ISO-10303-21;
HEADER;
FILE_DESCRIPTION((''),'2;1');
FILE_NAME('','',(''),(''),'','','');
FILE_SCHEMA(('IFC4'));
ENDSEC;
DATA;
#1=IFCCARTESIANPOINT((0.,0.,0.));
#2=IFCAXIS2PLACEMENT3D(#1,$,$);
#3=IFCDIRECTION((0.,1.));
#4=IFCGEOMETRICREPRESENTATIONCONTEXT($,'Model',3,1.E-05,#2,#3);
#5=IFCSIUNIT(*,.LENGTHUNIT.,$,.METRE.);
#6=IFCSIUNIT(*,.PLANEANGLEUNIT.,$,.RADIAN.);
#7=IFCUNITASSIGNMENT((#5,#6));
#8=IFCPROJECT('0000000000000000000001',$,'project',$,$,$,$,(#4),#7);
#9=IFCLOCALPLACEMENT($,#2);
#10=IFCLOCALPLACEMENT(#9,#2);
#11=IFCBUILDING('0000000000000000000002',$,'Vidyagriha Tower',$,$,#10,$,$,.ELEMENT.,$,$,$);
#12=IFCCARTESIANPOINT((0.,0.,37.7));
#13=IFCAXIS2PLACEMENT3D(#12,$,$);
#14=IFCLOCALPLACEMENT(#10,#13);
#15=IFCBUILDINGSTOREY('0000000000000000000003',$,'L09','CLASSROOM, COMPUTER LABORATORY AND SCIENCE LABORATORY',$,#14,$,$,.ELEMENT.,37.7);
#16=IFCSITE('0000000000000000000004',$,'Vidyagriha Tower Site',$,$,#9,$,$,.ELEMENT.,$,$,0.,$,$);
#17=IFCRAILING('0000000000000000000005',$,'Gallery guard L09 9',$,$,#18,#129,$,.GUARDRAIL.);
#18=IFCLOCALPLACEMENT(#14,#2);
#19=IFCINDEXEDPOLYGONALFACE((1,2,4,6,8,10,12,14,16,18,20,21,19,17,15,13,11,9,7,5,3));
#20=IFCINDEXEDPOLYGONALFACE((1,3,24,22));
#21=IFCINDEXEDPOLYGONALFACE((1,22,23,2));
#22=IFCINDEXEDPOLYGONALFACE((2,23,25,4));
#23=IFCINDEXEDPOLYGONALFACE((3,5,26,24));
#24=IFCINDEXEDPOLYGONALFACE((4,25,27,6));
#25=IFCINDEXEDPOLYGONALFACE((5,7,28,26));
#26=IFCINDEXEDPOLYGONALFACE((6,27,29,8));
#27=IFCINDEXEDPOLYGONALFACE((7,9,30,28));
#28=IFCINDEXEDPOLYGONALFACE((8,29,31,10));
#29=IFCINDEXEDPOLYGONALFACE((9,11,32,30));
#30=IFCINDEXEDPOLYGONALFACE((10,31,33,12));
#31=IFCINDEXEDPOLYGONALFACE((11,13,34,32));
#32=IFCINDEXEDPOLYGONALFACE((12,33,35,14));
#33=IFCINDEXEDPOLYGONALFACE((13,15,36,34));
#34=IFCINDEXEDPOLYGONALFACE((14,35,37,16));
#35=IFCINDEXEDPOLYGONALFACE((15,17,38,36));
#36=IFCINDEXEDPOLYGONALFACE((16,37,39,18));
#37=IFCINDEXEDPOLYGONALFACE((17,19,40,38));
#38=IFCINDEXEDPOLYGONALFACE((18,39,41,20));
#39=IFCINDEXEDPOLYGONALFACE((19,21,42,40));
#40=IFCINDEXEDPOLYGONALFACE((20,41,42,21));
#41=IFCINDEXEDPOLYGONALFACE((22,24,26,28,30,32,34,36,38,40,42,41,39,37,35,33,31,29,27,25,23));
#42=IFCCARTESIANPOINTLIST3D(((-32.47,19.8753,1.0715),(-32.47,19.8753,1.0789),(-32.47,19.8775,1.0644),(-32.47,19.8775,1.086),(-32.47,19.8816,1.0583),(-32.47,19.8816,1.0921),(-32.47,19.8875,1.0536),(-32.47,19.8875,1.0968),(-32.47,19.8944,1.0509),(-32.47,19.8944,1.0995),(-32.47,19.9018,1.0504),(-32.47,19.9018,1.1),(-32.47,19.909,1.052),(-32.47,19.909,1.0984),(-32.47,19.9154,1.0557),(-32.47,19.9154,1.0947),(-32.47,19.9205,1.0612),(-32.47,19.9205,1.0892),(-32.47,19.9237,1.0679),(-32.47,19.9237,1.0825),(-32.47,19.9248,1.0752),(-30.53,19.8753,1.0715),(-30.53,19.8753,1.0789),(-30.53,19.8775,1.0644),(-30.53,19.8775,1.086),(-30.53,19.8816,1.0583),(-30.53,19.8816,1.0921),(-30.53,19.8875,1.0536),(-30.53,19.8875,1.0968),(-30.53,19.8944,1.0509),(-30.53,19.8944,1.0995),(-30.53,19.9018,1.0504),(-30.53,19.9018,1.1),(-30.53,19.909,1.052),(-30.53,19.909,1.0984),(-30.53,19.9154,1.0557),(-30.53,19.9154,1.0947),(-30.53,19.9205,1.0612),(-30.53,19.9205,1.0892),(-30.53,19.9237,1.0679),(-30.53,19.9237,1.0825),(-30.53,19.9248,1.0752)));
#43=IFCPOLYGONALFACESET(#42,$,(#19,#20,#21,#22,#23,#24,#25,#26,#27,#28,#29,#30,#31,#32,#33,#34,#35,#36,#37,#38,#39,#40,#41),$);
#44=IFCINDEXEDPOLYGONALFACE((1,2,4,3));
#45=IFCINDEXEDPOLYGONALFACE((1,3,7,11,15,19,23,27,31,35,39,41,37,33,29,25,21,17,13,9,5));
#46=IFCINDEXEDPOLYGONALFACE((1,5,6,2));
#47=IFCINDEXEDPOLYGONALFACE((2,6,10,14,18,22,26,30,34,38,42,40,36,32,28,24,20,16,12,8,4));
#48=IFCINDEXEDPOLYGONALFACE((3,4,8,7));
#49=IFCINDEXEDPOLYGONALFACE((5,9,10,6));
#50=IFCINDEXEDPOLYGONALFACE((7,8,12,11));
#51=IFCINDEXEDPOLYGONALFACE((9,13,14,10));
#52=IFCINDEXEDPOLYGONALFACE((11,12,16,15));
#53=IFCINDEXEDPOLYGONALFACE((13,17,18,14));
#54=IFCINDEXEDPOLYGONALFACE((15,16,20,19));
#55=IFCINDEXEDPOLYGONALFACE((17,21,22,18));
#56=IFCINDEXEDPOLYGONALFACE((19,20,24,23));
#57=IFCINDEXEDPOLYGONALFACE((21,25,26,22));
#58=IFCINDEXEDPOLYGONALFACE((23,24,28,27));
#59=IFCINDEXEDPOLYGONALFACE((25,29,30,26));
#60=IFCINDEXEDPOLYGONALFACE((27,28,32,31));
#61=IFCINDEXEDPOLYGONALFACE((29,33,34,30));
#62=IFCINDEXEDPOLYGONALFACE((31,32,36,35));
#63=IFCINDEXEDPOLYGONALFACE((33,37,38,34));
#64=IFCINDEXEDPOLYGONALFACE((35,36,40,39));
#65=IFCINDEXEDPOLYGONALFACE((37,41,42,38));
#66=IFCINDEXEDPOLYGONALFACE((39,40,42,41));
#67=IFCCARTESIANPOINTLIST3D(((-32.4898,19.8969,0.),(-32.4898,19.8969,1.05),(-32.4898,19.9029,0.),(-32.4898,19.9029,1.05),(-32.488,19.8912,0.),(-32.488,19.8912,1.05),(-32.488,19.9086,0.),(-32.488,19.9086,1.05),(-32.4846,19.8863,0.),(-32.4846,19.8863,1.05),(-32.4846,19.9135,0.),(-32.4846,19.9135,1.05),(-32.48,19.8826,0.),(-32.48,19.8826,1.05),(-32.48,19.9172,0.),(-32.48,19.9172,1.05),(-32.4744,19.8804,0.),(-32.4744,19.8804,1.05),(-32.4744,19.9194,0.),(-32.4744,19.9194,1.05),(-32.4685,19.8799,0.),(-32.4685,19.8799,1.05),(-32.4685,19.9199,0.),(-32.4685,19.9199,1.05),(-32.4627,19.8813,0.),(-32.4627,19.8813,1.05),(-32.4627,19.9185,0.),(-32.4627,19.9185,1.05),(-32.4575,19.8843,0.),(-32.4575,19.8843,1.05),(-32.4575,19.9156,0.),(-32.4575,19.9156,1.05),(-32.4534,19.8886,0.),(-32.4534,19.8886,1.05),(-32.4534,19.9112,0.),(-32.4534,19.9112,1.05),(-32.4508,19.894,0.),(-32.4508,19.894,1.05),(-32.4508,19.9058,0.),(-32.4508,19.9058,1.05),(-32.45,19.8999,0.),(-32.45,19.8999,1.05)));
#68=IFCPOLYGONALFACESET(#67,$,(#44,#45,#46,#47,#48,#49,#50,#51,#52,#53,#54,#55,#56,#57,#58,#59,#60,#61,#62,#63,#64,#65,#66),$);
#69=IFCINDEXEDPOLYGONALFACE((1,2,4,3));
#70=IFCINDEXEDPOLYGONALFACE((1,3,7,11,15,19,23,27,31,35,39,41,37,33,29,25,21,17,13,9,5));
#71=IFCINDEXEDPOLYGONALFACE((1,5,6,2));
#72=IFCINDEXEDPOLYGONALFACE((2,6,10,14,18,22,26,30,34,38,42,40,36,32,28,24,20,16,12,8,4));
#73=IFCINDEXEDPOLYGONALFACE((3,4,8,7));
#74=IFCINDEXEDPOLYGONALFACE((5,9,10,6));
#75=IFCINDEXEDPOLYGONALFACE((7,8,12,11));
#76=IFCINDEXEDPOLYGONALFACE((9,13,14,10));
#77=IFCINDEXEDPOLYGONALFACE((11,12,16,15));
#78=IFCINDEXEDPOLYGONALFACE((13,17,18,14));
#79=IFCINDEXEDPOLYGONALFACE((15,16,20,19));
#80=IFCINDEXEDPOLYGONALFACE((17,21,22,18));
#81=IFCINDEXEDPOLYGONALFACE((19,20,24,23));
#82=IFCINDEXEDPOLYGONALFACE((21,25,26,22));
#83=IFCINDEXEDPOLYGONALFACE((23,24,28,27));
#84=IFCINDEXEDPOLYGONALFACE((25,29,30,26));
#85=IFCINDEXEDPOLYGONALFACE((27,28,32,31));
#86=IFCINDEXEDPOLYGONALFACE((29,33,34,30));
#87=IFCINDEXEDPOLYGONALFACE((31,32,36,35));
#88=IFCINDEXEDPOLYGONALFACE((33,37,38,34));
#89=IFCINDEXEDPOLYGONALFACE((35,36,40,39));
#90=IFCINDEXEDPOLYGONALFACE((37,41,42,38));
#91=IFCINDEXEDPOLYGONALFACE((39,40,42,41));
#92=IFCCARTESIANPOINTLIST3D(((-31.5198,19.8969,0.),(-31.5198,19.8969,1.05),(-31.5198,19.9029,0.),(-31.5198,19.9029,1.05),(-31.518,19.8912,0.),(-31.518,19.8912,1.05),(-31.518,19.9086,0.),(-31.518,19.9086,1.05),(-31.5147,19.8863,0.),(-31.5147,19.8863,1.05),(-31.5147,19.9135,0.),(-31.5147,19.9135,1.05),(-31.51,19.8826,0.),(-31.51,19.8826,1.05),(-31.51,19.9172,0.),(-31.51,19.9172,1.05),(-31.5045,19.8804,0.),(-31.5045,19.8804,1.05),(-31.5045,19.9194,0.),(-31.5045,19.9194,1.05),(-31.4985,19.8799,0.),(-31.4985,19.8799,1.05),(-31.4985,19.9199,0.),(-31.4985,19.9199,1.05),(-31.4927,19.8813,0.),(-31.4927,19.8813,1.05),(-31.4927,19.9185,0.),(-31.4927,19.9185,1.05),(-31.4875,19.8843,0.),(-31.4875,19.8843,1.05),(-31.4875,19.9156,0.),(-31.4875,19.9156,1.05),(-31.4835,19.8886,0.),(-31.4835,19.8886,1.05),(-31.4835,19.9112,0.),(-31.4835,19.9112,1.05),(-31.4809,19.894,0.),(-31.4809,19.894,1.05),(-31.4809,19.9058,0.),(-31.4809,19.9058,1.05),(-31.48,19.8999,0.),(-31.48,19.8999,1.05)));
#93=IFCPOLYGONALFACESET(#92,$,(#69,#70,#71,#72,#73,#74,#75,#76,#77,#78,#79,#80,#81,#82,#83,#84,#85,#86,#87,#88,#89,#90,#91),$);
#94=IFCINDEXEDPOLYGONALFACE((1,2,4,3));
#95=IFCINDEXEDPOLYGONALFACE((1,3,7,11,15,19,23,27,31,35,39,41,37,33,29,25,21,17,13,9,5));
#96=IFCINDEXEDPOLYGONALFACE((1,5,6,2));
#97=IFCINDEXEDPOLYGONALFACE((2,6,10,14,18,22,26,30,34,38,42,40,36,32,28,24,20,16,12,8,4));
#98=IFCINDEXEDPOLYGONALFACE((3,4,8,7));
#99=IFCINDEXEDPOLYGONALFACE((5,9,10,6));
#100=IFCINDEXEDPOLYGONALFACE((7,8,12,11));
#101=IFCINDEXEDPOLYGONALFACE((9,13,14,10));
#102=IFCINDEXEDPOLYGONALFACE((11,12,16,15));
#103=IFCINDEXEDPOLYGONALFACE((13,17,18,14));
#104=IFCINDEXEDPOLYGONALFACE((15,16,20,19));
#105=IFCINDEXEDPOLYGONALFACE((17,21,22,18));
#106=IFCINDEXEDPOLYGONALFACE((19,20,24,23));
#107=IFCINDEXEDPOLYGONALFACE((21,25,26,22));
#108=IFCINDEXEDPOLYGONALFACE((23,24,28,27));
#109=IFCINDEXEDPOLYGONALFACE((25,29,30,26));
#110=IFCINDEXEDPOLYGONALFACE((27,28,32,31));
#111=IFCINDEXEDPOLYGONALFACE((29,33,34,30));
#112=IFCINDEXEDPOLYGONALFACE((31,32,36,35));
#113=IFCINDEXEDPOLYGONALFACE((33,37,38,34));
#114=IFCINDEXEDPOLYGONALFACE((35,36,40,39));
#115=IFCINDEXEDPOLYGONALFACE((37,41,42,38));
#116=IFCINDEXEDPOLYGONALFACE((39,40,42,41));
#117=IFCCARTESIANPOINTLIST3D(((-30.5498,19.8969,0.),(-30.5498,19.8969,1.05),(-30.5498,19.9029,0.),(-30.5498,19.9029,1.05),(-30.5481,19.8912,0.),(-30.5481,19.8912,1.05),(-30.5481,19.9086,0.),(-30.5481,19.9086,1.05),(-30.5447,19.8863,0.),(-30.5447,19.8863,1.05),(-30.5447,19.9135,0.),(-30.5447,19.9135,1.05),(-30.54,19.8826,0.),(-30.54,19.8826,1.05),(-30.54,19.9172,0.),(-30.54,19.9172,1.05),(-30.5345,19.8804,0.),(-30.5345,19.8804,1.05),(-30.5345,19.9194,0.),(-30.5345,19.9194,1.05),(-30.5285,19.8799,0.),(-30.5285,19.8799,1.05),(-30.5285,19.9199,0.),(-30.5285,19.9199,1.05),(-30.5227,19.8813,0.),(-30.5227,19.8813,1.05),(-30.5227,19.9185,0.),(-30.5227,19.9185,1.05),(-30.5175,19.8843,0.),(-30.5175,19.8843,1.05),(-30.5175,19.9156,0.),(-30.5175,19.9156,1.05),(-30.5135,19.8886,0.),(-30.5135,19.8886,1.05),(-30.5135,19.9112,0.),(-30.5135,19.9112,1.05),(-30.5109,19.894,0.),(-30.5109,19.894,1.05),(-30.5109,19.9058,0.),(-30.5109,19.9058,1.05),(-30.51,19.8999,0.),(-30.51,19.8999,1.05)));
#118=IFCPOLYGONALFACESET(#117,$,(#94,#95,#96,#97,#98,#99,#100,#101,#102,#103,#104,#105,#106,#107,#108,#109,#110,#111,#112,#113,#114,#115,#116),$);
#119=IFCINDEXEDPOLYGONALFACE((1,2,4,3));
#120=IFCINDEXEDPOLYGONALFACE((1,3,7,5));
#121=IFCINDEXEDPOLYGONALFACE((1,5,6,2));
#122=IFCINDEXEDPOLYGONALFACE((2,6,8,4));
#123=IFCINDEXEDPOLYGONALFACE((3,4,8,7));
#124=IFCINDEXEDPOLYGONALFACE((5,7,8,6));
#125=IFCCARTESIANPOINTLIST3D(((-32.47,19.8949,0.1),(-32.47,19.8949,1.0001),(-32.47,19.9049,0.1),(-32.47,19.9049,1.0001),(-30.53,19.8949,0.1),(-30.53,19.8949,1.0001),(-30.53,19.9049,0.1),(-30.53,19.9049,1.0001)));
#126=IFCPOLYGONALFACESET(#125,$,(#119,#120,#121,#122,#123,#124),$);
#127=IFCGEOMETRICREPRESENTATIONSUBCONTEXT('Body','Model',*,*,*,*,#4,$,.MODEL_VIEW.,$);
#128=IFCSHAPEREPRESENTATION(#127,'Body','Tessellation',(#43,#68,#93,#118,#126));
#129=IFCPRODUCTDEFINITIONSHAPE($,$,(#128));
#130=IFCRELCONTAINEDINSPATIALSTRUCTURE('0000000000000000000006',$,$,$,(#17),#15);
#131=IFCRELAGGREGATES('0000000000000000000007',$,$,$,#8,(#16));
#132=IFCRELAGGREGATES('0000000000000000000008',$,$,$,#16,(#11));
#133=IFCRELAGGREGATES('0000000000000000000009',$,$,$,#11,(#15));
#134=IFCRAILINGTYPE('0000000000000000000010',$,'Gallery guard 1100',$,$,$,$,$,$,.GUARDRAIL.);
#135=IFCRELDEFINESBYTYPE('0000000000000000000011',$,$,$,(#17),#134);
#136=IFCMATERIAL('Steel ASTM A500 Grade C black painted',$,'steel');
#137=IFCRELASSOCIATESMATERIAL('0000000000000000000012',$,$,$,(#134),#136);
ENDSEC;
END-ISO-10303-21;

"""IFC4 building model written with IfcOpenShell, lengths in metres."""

from ifc_helpers import new_model, si_unit, direction, frame, origin, origin_2d, place, context, subcontext, project, spatial, rectangle, circle, extrude, material, type_object, element, save


model = new_model("IFC4")

# Units and contexts
model_context = context("Model", 3, precision=1e-05, world=origin(), true_north=direction((0.0, 1.0)))
body_context = subcontext(model_context, "Body", "Model", "MODEL_VIEW")
ifc_project = project(units=[si_unit("LENGTHUNIT", "METRE"), si_unit("PLANEANGLEUNIT", "RADIAN")], contexts=[model_context])

# Site, building, storey
site_placement = place(None, origin())
site = spatial("IfcSite", under=ifc_project, at=site_placement, Name="Vidyagriha Tower Site", CompositionType="ELEMENT", RefElevation=0.0)
building_placement = place(site_placement, origin())
building = spatial("IfcBuilding", under=site, at=building_placement, Name="Vidyagriha Tower", CompositionType="ELEMENT")
storey_placement = place(building_placement, frame((0.0, 0.0, 37.7)))
storey = spatial("IfcBuildingStorey", under=building, at=storey_placement, Name="L09", Description="CLASSROOM, COMPUTER LABORATORY AND SCIENCE LABORATORY", CompositionType="ELEMENT", Elevation=37.7)

# Railing
ifc_material_1 = material(Name="Steel ASTM A500 Grade C black painted", Category="steel")
railing_type = type_object("IfcRailingType", Name="Gallery guard 1100", PredefinedType="GUARDRAIL", material=ifc_material_1)
railing_1_placement = place(storey_placement, frame((-32.47, 19.8999, 0.0)))
element("IfcRailing", 1, at=railing_1_placement, inside=storey, type_object=railing_type, Name="Gallery guard L09 9", PredefinedType="GUARDRAIL", context=body_context, shape_type="SweptSolid", body=[
    extrude(circle(Radius=0.0249, at=origin_2d()), frame((0.0, 0.0, 1.0752), z_axis=(1.0, 0.0, 0.0), x_axis=(0.0, 1.0, 0.0)), (0.0, 0.0, 1.0), 1.9399),
    extrude(circle(Radius=0.02, at=origin_2d()), origin(), (0.0, 0.0, 1.0), 1.05),
    extrude(circle(Radius=0.02, at=origin_2d()), frame((0.97, 0.0, 0.0)), (0.0, 0.0, 1.0), 1.05),
    extrude(circle(Radius=0.02, at=origin_2d()), frame((1.9399, 0.0, 0.0)), (0.0, 0.0, 1.0), 1.05),
    extrude(rectangle(XDim=0.01, YDim=0.9001, at=origin_2d()), frame((0.0, 0.0, 0.55), z_axis=(1.0, 0.0, 0.0), x_axis=(0.0, 1.0, 0.0)), (0.0, 0.0, 1.0), 1.9399),
])

save(model, "model.ifc")
